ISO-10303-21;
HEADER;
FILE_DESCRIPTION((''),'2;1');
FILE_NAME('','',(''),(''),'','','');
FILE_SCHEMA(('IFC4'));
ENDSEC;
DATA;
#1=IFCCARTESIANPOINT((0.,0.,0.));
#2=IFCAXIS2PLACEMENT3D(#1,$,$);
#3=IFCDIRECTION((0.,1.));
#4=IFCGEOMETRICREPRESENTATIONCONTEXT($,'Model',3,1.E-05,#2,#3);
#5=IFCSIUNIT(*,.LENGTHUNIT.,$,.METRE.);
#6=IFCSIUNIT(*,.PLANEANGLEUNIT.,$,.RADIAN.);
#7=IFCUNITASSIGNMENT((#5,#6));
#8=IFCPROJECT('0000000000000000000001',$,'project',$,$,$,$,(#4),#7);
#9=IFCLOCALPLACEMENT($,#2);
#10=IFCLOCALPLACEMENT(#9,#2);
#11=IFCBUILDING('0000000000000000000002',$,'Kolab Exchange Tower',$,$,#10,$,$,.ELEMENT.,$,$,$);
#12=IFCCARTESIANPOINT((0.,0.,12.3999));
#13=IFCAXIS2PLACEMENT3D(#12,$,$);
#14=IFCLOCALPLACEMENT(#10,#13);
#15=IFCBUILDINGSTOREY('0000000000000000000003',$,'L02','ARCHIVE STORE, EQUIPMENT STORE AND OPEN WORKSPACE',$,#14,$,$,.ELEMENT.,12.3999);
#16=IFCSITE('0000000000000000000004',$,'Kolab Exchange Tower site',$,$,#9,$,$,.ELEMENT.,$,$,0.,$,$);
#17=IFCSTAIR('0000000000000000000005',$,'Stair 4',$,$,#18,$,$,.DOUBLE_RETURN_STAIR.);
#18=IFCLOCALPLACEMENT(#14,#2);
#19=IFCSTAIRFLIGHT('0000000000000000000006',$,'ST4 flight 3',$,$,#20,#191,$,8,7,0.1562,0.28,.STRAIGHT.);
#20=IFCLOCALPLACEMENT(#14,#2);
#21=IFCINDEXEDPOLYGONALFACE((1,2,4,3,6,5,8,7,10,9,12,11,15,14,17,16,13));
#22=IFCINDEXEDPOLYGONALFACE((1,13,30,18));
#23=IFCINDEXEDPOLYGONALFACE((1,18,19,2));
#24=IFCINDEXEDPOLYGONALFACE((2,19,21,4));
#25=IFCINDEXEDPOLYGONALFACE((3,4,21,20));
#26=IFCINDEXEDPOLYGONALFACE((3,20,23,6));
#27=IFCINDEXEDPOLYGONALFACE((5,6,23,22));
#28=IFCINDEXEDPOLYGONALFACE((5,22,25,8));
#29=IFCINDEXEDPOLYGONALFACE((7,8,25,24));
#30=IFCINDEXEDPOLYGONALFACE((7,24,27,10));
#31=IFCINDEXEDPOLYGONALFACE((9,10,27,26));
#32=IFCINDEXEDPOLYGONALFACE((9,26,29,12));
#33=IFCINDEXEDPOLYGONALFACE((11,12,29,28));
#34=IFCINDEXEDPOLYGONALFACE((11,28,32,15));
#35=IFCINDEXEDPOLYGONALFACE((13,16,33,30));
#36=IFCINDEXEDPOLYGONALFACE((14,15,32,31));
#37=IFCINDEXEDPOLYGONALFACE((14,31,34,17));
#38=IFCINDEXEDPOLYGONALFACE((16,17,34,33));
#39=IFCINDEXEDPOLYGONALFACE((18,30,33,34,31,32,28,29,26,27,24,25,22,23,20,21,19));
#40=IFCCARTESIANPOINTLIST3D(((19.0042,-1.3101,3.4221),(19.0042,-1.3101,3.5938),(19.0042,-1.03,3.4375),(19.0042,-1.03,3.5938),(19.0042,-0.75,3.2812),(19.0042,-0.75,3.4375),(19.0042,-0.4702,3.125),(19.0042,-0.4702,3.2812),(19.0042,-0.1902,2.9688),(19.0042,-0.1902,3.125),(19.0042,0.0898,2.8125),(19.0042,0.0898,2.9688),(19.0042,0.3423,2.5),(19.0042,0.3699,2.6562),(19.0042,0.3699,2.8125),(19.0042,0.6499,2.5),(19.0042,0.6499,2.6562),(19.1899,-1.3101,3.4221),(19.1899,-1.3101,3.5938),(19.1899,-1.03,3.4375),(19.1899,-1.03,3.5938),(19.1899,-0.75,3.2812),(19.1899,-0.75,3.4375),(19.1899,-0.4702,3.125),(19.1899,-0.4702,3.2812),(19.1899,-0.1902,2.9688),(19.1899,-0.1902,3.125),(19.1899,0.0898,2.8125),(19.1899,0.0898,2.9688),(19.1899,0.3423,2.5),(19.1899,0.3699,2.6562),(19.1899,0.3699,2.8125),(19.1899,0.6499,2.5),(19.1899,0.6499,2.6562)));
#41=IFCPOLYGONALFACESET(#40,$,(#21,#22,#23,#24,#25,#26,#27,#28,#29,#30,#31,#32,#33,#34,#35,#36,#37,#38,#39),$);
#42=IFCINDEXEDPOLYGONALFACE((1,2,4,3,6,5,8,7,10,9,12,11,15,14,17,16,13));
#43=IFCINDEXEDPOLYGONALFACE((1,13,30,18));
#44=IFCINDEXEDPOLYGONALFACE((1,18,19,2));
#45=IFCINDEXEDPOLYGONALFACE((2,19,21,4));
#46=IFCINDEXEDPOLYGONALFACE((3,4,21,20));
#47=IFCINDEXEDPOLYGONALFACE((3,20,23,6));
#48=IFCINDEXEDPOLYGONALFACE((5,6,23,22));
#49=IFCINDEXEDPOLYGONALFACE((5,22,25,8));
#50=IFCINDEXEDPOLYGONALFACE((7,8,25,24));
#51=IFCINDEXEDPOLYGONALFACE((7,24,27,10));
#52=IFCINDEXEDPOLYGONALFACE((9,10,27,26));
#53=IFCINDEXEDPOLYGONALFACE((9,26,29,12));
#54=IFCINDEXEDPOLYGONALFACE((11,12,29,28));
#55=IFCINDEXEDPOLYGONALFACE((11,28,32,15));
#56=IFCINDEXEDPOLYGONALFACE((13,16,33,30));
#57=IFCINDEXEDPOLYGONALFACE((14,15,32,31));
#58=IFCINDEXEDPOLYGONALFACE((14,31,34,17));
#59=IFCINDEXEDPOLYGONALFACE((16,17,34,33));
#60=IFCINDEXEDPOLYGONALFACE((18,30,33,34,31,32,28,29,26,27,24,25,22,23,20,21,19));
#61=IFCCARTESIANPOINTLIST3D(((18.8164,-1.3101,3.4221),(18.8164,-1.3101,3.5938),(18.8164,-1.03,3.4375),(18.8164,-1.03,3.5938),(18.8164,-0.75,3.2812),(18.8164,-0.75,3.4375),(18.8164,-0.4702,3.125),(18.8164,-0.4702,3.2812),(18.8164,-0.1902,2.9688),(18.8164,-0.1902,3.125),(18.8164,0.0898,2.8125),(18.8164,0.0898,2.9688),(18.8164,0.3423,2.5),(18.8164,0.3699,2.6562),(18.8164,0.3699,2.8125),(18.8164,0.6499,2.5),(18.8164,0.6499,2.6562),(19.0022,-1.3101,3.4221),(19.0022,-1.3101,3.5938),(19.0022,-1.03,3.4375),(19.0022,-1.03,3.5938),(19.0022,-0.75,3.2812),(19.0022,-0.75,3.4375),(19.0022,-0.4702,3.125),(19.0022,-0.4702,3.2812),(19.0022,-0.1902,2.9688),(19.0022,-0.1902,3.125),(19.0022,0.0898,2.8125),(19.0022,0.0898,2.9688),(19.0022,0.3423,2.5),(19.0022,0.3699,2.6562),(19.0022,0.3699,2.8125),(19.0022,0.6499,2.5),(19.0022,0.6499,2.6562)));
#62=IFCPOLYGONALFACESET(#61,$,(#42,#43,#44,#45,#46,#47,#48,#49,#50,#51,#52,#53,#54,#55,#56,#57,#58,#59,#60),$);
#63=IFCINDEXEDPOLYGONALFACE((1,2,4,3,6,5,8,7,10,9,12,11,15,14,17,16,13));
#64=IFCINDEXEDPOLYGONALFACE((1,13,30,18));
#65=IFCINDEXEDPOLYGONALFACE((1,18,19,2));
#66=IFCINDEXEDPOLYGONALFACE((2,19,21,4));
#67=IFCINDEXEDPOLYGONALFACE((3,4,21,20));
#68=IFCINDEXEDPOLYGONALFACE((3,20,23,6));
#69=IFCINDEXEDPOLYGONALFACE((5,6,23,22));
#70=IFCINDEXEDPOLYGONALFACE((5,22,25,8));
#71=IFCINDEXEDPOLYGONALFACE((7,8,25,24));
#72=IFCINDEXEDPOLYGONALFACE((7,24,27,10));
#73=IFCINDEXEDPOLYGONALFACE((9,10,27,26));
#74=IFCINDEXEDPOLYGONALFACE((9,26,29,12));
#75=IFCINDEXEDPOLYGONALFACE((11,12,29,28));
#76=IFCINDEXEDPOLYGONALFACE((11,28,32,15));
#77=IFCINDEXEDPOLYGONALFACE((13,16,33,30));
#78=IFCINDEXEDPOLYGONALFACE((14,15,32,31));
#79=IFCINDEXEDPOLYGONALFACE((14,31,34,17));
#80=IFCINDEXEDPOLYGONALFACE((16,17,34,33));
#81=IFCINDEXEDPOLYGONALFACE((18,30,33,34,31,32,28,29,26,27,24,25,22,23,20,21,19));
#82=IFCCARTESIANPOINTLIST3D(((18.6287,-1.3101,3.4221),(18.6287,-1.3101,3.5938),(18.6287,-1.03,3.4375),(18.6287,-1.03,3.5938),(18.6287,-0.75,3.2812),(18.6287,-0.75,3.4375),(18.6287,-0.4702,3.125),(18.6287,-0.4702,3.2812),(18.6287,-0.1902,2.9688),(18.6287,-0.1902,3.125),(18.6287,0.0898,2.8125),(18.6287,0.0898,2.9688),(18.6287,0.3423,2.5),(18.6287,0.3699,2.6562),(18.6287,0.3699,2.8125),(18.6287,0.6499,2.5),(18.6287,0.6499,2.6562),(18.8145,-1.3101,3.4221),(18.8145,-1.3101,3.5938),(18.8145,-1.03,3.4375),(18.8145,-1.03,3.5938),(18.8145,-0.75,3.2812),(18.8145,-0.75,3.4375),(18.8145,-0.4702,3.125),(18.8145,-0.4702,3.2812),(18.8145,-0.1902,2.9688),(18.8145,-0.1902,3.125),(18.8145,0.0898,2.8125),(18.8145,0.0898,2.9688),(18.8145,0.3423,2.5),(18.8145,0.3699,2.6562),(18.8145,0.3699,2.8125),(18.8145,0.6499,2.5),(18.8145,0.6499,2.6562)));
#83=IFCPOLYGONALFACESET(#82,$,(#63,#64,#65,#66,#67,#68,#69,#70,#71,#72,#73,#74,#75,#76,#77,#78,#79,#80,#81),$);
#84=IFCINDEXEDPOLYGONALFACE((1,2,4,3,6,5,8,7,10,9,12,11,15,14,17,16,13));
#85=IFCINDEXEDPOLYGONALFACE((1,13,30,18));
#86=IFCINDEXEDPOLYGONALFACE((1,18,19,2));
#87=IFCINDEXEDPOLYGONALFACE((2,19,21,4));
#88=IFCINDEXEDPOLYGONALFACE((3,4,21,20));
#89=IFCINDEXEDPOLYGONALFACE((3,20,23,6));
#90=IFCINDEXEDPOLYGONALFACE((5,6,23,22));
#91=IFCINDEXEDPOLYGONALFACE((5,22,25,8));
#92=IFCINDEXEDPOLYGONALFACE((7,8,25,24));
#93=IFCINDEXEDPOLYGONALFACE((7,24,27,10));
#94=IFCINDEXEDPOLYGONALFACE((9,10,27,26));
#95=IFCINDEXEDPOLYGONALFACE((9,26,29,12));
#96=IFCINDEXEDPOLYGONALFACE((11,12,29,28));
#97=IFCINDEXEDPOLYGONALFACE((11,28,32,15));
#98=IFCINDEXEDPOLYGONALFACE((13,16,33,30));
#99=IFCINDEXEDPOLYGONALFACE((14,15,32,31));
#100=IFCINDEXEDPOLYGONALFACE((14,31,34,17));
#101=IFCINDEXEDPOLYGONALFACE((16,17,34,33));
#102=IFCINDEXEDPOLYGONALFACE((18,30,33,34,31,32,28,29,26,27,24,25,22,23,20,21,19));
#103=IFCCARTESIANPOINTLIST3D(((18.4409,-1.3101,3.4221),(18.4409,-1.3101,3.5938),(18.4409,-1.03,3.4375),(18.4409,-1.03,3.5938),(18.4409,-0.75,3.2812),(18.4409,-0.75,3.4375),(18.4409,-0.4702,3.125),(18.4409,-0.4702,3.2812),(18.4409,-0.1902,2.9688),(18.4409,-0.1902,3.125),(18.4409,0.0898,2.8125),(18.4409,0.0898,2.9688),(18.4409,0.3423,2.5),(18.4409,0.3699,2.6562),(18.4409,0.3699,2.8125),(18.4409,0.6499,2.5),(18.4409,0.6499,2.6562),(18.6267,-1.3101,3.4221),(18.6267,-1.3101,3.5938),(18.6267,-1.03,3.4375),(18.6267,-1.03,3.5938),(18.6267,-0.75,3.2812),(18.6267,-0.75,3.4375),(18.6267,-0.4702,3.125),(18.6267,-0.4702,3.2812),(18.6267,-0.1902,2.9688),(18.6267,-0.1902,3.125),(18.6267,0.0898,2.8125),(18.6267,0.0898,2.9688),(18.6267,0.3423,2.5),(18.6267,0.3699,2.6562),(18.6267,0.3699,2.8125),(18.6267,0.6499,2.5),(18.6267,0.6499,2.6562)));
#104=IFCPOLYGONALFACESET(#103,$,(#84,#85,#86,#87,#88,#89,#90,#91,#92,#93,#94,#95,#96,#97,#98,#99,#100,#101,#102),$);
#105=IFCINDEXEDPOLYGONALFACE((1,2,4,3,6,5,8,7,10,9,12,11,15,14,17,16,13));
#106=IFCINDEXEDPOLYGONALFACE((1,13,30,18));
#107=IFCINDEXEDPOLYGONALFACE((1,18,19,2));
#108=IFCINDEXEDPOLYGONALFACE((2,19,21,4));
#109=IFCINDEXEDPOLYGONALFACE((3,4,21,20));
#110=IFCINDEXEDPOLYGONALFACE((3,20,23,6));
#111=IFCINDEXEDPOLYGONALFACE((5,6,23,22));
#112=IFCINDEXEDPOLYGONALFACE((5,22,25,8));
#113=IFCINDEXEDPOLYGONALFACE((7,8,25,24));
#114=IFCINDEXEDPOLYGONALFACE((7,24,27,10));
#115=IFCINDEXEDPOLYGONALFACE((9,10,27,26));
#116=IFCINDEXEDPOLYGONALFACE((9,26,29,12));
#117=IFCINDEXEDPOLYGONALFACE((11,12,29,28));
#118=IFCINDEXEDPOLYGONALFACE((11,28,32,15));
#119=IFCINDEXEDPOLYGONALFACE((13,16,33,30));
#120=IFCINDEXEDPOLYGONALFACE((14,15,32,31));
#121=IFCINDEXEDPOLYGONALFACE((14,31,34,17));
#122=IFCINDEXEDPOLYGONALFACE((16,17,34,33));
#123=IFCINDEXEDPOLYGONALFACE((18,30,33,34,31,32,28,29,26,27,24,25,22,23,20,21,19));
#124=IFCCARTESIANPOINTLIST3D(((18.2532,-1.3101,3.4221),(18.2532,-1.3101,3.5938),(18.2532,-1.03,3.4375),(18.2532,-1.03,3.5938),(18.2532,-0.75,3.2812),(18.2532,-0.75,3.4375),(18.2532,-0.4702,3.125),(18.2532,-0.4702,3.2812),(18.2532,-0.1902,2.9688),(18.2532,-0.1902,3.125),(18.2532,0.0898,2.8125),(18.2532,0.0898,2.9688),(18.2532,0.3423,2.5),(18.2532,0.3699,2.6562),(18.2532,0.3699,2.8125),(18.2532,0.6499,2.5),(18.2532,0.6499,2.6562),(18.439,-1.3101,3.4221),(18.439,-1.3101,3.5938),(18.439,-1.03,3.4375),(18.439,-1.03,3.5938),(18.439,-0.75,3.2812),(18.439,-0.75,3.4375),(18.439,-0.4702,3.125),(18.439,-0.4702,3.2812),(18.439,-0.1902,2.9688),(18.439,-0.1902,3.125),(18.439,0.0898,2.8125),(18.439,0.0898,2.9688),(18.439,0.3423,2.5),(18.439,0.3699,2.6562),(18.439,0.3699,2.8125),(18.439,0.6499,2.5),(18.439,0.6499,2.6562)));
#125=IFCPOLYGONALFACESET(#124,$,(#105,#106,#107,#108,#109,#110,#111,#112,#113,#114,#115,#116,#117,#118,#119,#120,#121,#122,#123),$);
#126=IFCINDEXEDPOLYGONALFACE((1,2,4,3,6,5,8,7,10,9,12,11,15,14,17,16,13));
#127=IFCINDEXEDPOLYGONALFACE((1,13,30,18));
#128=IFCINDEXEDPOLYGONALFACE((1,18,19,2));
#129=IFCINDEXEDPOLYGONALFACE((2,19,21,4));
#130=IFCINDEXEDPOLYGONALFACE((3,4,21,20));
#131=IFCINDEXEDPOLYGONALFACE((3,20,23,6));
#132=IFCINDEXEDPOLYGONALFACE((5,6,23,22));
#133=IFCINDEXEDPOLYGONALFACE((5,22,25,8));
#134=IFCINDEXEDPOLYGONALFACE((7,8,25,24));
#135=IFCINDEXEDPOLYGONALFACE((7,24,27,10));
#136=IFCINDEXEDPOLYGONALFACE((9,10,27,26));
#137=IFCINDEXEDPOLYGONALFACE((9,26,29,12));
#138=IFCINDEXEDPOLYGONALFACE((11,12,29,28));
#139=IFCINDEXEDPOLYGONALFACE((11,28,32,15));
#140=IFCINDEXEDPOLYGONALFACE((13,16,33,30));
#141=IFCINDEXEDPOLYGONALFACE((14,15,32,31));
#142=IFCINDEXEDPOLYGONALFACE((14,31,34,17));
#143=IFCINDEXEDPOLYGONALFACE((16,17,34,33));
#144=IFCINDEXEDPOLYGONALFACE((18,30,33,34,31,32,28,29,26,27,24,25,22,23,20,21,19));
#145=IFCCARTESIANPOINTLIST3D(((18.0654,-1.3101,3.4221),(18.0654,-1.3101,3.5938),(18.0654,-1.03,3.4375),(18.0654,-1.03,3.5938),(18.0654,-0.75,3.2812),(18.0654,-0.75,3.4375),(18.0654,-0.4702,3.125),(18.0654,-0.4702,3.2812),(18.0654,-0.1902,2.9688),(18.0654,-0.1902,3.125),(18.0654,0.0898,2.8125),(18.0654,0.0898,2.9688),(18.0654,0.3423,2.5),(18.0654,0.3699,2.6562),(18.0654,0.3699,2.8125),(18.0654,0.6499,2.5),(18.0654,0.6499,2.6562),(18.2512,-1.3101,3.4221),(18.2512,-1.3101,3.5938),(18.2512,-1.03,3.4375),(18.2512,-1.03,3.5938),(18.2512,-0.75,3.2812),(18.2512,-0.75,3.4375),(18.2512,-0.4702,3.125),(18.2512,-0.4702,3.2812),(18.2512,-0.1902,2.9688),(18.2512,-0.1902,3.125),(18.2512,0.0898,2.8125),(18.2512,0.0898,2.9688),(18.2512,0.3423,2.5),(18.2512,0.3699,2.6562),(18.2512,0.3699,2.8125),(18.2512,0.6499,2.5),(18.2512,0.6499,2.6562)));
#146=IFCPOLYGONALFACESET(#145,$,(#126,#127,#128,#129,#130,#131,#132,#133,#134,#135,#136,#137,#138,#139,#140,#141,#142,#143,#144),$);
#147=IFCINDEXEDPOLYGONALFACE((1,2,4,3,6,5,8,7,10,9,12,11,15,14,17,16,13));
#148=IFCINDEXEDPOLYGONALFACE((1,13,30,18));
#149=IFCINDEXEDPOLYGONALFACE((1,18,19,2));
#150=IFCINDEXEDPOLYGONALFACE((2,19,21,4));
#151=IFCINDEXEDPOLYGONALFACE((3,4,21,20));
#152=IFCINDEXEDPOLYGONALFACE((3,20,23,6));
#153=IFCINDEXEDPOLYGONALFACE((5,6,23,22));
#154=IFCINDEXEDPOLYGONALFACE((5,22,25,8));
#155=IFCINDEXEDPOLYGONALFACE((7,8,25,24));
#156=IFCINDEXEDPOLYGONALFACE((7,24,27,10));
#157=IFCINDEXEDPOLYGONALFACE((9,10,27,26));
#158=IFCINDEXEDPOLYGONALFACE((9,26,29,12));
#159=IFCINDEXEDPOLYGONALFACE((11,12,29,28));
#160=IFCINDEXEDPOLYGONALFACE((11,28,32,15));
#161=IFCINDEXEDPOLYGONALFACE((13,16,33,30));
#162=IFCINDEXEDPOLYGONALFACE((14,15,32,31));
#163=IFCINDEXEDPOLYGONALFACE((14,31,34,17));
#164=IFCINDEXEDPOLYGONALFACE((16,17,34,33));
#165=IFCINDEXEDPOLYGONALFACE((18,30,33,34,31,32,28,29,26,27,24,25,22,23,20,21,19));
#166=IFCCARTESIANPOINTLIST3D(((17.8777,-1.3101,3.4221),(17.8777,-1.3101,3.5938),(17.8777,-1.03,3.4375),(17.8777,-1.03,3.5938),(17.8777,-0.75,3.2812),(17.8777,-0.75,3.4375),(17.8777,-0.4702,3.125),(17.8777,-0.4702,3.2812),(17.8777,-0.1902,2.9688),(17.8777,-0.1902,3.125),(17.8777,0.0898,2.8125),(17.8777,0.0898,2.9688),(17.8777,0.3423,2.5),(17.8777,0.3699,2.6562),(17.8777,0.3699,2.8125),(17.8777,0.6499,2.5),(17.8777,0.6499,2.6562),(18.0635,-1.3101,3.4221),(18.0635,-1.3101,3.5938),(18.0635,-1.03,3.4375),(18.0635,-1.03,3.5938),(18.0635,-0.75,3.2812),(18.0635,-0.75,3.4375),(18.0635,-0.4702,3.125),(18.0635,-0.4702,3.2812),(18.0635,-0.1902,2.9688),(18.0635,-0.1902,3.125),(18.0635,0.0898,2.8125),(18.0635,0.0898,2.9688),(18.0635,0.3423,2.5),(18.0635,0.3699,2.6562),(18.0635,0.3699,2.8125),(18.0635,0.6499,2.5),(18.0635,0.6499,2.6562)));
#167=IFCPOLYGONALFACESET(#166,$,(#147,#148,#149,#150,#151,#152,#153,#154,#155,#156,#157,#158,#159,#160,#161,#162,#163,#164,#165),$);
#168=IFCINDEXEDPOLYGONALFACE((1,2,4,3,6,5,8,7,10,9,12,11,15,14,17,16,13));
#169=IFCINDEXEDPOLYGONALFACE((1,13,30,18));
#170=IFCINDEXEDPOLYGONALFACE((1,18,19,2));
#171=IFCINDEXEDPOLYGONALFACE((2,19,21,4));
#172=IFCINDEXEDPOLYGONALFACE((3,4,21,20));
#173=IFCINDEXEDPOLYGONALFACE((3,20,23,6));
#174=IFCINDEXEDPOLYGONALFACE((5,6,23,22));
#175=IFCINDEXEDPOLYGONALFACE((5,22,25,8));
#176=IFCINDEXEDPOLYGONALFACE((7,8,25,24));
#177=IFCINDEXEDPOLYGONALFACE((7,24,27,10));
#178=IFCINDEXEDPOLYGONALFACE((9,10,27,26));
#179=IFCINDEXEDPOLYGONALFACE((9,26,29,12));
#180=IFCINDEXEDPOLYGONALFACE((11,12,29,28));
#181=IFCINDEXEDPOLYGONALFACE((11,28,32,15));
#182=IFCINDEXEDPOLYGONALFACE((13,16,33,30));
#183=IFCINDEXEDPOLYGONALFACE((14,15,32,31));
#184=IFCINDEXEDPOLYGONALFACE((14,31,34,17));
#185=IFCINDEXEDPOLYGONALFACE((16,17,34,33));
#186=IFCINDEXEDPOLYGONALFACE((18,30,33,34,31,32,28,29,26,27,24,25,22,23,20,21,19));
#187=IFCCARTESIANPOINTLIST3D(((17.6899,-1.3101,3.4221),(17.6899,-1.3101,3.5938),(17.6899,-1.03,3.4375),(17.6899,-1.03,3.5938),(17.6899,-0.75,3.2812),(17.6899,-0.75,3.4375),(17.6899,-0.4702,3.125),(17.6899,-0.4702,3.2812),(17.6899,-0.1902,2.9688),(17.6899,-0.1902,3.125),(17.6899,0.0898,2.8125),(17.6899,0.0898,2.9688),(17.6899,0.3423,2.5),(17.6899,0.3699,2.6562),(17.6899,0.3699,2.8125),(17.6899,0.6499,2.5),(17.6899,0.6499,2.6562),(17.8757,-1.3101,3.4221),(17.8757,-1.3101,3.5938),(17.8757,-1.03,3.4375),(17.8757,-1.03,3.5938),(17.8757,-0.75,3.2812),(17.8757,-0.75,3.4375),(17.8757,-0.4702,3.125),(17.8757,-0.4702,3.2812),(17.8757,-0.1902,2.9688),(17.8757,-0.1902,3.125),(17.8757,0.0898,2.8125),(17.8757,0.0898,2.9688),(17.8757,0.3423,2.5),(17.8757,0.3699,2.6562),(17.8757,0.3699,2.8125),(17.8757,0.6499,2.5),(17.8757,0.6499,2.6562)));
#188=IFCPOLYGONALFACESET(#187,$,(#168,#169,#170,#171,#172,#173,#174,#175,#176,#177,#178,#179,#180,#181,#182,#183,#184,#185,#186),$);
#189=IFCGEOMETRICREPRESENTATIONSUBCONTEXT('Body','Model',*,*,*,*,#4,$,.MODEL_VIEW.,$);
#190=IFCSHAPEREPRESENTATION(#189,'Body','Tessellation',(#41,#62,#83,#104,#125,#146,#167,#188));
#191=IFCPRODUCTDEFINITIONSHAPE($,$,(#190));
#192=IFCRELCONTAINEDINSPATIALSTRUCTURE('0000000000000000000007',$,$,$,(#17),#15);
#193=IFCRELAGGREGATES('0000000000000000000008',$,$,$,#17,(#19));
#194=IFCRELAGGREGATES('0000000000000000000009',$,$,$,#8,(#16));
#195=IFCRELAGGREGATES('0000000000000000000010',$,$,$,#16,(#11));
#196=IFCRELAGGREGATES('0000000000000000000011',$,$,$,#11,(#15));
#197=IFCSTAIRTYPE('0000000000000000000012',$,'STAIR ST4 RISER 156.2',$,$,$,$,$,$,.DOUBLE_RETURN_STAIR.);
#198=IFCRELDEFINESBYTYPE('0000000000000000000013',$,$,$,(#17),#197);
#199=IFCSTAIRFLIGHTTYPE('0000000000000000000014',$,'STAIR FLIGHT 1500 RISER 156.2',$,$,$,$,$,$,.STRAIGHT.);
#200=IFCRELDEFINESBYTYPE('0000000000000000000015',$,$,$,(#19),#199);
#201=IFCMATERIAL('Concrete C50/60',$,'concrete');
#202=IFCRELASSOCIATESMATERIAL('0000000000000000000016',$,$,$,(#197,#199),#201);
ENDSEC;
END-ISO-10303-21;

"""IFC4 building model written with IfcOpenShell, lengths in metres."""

from ifc_helpers import new_model, si_unit, direction, frame, origin, place, context, subcontext, project, spatial, polyline, outline, extrude, material, type_object, element, aggregate, save


model = new_model("IFC4")

# Units and contexts
model_context = context("Model", 3, precision=1e-05, world=origin(), true_north=direction((0.0, 1.0)))
body_context = subcontext(model_context, "Body", "Model", "MODEL_VIEW")
ifc_project = project(units=[si_unit("LENGTHUNIT", "METRE"), si_unit("PLANEANGLEUNIT", "RADIAN")], contexts=[model_context])

# Site, building, storey
site_placement = place(None, origin())
site = spatial("IfcSite", under=ifc_project, at=site_placement, Name="Kolab Exchange Tower site", CompositionType="ELEMENT", RefElevation=0.0)
building_placement = place(site_placement, origin())
building = spatial("IfcBuilding", under=site, at=building_placement, Name="Kolab Exchange Tower", CompositionType="ELEMENT")
storey_placement = place(building_placement, frame((0.0, 0.0, 12.3999)))
storey = spatial("IfcBuildingStorey", under=building, at=storey_placement, Name="L02", Description="ARCHIVE STORE, EQUIPMENT STORE AND OPEN WORKSPACE", CompositionType="ELEMENT", Elevation=12.3999)

# Stair
ifc_material_1 = material(Name="Concrete C50/60", Category="concrete")
stair_type_1 = type_object("IfcStairType", Name="STAIR ST4 RISER 156.2", PredefinedType="DOUBLE_RETURN_STAIR", material=ifc_material_1)
stair_1_placement = place(storey_placement, origin())
stair_1 = element("IfcStair", 1, at=stair_1_placement, inside=storey, type_object=stair_type_1, Name="Stair 4", PredefinedType="DOUBLE_RETURN_STAIR")

# Stair flight
stair_flight_type = type_object("IfcStairFlightType", Name="STAIR FLIGHT 1500 RISER 156.2", PredefinedType="STRAIGHT", material=ifc_material_1)
stair_flight_1_placement = place(storey_placement, frame((18.4399, 0.6499, 2.5), z_axis=(0.0, 0.0, 1.0), x_axis=(0.0, -1.0, 0.0)))
stair_flight_1 = element("IfcStairFlight", 2, at=stair_flight_1_placement, type_object=stair_flight_type, Name="ST4 flight 3", NumberOfRisers=8, NumberOfTreads=7, PredefinedType="STRAIGHT", RiserHeight=0.1562, TreadLength=0.28, context=body_context, shape_type="SweptSolid", body=[
    extrude(outline(polyline([(0.0, 0.0), (0.0, 0.1562), (0.28, 0.1562), (0.28, 0.3125), (0.5601, 0.3125), (0.5601, 0.4688), (0.8401, 0.4688), (0.8401, 0.625), (1.1201, 0.625), (1.1201, 0.7812), (1.3999, 0.7812), (1.3999, 0.9375), (1.6799, 0.9375), (1.6799, 1.0938), (1.96, 1.0938), (1.96, 1.25), (1.96, 0.9221), (0.3076, 0.0), (0.0, 0.0)])), frame((0.0, 0.75, 0.0), z_axis=(0.0, -1.0, 0.0), x_axis=(1.0, 0.0, 0.0)), (0.0, 0.0, 1.0), 0.1858),
    extrude(outline(polyline([(0.0, 0.0), (0.0, 0.1562), (0.28, 0.1562), (0.28, 0.3125), (0.5601, 0.3125), (0.5601, 0.4688), (0.8401, 0.4688), (0.8401, 0.625), (1.1201, 0.625), (1.1201, 0.7812), (1.3999, 0.7812), (1.3999, 0.9375), (1.6799, 0.9375), (1.6799, 1.0938), (1.96, 1.0938), (1.96, 1.25), (1.96, 0.9221), (0.3076, 0.0), (0.0, 0.0)])), frame((0.0, 0.5623, 0.0), z_axis=(0.0, -1.0, 0.0), x_axis=(1.0, 0.0, 0.0)), (0.0, 0.0, 1.0), 0.1858),
    extrude(outline(polyline([(0.0, 0.0), (0.0, 0.1562), (0.28, 0.1562), (0.28, 0.3125), (0.5601, 0.3125), (0.5601, 0.4688), (0.8401, 0.4688), (0.8401, 0.625), (1.1201, 0.625), (1.1201, 0.7812), (1.3999, 0.7812), (1.3999, 0.9375), (1.6799, 0.9375), (1.6799, 1.0938), (1.96, 1.0938), (1.96, 1.25), (1.96, 0.9221), (0.3076, 0.0), (0.0, 0.0)])), frame((0.0, 0.3745, 0.0), z_axis=(0.0, -1.0, 0.0), x_axis=(1.0, 0.0, 0.0)), (0.0, 0.0, 1.0), 0.1858),
    extrude(outline(polyline([(0.0, 0.0), (0.0, 0.1562), (0.28, 0.1562), (0.28, 0.3125), (0.5601, 0.3125), (0.5601, 0.4688), (0.8401, 0.4688), (0.8401, 0.625), (1.1201, 0.625), (1.1201, 0.7812), (1.3999, 0.7812), (1.3999, 0.9375), (1.6799, 0.9375), (1.6799, 1.0938), (1.96, 1.0938), (1.96, 1.25), (1.96, 0.9221), (0.3076, 0.0), (0.0, 0.0)])), frame((0.0, 0.1868, 0.0), z_axis=(0.0, -1.0, 0.0), x_axis=(1.0, 0.0, 0.0)), (0.0, 0.0, 1.0), 0.1858),
    extrude(outline(polyline([(0.0, 0.0), (0.0, 0.1562), (0.28, 0.1562), (0.28, 0.3125), (0.5601, 0.3125), (0.5601, 0.4688), (0.8401, 0.4688), (0.8401, 0.625), (1.1201, 0.625), (1.1201, 0.7812), (1.3999, 0.7812), (1.3999, 0.9375), (1.6799, 0.9375), (1.6799, 1.0938), (1.96, 1.0938), (1.96, 1.25), (1.96, 0.9221), (0.3076, 0.0), (0.0, 0.0)])), frame((0.0, -0.001, 0.0), z_axis=(0.0, -1.0, 0.0), x_axis=(1.0, 0.0, 0.0)), (0.0, 0.0, 1.0), 0.1858),
    extrude(outline(polyline([(0.0, 0.0), (0.0, 0.1562), (0.28, 0.1562), (0.28, 0.3125), (0.5601, 0.3125), (0.5601, 0.4688), (0.8401, 0.4688), (0.8401, 0.625), (1.1201, 0.625), (1.1201, 0.7812), (1.3999, 0.7812), (1.3999, 0.9375), (1.6799, 0.9375), (1.6799, 1.0938), (1.96, 1.0938), (1.96, 1.25), (1.96, 0.9221), (0.3076, 0.0), (0.0, 0.0)])), frame((0.0, -0.1887, 0.0), z_axis=(0.0, -1.0, 0.0), x_axis=(1.0, 0.0, 0.0)), (0.0, 0.0, 1.0), 0.1858),
    extrude(outline(polyline([(0.0, 0.0), (0.0, 0.1562), (0.28, 0.1562), (0.28, 0.3125), (0.5601, 0.3125), (0.5601, 0.4688), (0.8401, 0.4688), (0.8401, 0.625), (1.1201, 0.625), (1.1201, 0.7812), (1.3999, 0.7812), (1.3999, 0.9375), (1.6799, 0.9375), (1.6799, 1.0938), (1.96, 1.0938), (1.96, 1.25), (1.96, 0.9221), (0.3076, 0.0), (0.0, 0.0)])), frame((0.0, -0.3765, 0.0), z_axis=(0.0, -1.0, 0.0), x_axis=(1.0, 0.0, 0.0)), (0.0, 0.0, 1.0), 0.1858),
    extrude(outline(polyline([(0.0, 0.0), (0.0, 0.1562), (0.28, 0.1562), (0.28, 0.3125), (0.5601, 0.3125), (0.5601, 0.4688), (0.8401, 0.4688), (0.8401, 0.625), (1.1201, 0.625), (1.1201, 0.7812), (1.3999, 0.7812), (1.3999, 0.9375), (1.6799, 0.9375), (1.6799, 1.0938), (1.96, 1.0938), (1.96, 1.25), (1.96, 0.9221), (0.3076, 0.0), (0.0, 0.0)])), frame((0.0, -0.5642, 0.0), z_axis=(0.0, -1.0, 0.0), x_axis=(1.0, 0.0, 0.0)), (0.0, 0.0, 1.0), 0.1858),
])
aggregate(stair_1, [stair_flight_1])

save(model, "model.ifc")
